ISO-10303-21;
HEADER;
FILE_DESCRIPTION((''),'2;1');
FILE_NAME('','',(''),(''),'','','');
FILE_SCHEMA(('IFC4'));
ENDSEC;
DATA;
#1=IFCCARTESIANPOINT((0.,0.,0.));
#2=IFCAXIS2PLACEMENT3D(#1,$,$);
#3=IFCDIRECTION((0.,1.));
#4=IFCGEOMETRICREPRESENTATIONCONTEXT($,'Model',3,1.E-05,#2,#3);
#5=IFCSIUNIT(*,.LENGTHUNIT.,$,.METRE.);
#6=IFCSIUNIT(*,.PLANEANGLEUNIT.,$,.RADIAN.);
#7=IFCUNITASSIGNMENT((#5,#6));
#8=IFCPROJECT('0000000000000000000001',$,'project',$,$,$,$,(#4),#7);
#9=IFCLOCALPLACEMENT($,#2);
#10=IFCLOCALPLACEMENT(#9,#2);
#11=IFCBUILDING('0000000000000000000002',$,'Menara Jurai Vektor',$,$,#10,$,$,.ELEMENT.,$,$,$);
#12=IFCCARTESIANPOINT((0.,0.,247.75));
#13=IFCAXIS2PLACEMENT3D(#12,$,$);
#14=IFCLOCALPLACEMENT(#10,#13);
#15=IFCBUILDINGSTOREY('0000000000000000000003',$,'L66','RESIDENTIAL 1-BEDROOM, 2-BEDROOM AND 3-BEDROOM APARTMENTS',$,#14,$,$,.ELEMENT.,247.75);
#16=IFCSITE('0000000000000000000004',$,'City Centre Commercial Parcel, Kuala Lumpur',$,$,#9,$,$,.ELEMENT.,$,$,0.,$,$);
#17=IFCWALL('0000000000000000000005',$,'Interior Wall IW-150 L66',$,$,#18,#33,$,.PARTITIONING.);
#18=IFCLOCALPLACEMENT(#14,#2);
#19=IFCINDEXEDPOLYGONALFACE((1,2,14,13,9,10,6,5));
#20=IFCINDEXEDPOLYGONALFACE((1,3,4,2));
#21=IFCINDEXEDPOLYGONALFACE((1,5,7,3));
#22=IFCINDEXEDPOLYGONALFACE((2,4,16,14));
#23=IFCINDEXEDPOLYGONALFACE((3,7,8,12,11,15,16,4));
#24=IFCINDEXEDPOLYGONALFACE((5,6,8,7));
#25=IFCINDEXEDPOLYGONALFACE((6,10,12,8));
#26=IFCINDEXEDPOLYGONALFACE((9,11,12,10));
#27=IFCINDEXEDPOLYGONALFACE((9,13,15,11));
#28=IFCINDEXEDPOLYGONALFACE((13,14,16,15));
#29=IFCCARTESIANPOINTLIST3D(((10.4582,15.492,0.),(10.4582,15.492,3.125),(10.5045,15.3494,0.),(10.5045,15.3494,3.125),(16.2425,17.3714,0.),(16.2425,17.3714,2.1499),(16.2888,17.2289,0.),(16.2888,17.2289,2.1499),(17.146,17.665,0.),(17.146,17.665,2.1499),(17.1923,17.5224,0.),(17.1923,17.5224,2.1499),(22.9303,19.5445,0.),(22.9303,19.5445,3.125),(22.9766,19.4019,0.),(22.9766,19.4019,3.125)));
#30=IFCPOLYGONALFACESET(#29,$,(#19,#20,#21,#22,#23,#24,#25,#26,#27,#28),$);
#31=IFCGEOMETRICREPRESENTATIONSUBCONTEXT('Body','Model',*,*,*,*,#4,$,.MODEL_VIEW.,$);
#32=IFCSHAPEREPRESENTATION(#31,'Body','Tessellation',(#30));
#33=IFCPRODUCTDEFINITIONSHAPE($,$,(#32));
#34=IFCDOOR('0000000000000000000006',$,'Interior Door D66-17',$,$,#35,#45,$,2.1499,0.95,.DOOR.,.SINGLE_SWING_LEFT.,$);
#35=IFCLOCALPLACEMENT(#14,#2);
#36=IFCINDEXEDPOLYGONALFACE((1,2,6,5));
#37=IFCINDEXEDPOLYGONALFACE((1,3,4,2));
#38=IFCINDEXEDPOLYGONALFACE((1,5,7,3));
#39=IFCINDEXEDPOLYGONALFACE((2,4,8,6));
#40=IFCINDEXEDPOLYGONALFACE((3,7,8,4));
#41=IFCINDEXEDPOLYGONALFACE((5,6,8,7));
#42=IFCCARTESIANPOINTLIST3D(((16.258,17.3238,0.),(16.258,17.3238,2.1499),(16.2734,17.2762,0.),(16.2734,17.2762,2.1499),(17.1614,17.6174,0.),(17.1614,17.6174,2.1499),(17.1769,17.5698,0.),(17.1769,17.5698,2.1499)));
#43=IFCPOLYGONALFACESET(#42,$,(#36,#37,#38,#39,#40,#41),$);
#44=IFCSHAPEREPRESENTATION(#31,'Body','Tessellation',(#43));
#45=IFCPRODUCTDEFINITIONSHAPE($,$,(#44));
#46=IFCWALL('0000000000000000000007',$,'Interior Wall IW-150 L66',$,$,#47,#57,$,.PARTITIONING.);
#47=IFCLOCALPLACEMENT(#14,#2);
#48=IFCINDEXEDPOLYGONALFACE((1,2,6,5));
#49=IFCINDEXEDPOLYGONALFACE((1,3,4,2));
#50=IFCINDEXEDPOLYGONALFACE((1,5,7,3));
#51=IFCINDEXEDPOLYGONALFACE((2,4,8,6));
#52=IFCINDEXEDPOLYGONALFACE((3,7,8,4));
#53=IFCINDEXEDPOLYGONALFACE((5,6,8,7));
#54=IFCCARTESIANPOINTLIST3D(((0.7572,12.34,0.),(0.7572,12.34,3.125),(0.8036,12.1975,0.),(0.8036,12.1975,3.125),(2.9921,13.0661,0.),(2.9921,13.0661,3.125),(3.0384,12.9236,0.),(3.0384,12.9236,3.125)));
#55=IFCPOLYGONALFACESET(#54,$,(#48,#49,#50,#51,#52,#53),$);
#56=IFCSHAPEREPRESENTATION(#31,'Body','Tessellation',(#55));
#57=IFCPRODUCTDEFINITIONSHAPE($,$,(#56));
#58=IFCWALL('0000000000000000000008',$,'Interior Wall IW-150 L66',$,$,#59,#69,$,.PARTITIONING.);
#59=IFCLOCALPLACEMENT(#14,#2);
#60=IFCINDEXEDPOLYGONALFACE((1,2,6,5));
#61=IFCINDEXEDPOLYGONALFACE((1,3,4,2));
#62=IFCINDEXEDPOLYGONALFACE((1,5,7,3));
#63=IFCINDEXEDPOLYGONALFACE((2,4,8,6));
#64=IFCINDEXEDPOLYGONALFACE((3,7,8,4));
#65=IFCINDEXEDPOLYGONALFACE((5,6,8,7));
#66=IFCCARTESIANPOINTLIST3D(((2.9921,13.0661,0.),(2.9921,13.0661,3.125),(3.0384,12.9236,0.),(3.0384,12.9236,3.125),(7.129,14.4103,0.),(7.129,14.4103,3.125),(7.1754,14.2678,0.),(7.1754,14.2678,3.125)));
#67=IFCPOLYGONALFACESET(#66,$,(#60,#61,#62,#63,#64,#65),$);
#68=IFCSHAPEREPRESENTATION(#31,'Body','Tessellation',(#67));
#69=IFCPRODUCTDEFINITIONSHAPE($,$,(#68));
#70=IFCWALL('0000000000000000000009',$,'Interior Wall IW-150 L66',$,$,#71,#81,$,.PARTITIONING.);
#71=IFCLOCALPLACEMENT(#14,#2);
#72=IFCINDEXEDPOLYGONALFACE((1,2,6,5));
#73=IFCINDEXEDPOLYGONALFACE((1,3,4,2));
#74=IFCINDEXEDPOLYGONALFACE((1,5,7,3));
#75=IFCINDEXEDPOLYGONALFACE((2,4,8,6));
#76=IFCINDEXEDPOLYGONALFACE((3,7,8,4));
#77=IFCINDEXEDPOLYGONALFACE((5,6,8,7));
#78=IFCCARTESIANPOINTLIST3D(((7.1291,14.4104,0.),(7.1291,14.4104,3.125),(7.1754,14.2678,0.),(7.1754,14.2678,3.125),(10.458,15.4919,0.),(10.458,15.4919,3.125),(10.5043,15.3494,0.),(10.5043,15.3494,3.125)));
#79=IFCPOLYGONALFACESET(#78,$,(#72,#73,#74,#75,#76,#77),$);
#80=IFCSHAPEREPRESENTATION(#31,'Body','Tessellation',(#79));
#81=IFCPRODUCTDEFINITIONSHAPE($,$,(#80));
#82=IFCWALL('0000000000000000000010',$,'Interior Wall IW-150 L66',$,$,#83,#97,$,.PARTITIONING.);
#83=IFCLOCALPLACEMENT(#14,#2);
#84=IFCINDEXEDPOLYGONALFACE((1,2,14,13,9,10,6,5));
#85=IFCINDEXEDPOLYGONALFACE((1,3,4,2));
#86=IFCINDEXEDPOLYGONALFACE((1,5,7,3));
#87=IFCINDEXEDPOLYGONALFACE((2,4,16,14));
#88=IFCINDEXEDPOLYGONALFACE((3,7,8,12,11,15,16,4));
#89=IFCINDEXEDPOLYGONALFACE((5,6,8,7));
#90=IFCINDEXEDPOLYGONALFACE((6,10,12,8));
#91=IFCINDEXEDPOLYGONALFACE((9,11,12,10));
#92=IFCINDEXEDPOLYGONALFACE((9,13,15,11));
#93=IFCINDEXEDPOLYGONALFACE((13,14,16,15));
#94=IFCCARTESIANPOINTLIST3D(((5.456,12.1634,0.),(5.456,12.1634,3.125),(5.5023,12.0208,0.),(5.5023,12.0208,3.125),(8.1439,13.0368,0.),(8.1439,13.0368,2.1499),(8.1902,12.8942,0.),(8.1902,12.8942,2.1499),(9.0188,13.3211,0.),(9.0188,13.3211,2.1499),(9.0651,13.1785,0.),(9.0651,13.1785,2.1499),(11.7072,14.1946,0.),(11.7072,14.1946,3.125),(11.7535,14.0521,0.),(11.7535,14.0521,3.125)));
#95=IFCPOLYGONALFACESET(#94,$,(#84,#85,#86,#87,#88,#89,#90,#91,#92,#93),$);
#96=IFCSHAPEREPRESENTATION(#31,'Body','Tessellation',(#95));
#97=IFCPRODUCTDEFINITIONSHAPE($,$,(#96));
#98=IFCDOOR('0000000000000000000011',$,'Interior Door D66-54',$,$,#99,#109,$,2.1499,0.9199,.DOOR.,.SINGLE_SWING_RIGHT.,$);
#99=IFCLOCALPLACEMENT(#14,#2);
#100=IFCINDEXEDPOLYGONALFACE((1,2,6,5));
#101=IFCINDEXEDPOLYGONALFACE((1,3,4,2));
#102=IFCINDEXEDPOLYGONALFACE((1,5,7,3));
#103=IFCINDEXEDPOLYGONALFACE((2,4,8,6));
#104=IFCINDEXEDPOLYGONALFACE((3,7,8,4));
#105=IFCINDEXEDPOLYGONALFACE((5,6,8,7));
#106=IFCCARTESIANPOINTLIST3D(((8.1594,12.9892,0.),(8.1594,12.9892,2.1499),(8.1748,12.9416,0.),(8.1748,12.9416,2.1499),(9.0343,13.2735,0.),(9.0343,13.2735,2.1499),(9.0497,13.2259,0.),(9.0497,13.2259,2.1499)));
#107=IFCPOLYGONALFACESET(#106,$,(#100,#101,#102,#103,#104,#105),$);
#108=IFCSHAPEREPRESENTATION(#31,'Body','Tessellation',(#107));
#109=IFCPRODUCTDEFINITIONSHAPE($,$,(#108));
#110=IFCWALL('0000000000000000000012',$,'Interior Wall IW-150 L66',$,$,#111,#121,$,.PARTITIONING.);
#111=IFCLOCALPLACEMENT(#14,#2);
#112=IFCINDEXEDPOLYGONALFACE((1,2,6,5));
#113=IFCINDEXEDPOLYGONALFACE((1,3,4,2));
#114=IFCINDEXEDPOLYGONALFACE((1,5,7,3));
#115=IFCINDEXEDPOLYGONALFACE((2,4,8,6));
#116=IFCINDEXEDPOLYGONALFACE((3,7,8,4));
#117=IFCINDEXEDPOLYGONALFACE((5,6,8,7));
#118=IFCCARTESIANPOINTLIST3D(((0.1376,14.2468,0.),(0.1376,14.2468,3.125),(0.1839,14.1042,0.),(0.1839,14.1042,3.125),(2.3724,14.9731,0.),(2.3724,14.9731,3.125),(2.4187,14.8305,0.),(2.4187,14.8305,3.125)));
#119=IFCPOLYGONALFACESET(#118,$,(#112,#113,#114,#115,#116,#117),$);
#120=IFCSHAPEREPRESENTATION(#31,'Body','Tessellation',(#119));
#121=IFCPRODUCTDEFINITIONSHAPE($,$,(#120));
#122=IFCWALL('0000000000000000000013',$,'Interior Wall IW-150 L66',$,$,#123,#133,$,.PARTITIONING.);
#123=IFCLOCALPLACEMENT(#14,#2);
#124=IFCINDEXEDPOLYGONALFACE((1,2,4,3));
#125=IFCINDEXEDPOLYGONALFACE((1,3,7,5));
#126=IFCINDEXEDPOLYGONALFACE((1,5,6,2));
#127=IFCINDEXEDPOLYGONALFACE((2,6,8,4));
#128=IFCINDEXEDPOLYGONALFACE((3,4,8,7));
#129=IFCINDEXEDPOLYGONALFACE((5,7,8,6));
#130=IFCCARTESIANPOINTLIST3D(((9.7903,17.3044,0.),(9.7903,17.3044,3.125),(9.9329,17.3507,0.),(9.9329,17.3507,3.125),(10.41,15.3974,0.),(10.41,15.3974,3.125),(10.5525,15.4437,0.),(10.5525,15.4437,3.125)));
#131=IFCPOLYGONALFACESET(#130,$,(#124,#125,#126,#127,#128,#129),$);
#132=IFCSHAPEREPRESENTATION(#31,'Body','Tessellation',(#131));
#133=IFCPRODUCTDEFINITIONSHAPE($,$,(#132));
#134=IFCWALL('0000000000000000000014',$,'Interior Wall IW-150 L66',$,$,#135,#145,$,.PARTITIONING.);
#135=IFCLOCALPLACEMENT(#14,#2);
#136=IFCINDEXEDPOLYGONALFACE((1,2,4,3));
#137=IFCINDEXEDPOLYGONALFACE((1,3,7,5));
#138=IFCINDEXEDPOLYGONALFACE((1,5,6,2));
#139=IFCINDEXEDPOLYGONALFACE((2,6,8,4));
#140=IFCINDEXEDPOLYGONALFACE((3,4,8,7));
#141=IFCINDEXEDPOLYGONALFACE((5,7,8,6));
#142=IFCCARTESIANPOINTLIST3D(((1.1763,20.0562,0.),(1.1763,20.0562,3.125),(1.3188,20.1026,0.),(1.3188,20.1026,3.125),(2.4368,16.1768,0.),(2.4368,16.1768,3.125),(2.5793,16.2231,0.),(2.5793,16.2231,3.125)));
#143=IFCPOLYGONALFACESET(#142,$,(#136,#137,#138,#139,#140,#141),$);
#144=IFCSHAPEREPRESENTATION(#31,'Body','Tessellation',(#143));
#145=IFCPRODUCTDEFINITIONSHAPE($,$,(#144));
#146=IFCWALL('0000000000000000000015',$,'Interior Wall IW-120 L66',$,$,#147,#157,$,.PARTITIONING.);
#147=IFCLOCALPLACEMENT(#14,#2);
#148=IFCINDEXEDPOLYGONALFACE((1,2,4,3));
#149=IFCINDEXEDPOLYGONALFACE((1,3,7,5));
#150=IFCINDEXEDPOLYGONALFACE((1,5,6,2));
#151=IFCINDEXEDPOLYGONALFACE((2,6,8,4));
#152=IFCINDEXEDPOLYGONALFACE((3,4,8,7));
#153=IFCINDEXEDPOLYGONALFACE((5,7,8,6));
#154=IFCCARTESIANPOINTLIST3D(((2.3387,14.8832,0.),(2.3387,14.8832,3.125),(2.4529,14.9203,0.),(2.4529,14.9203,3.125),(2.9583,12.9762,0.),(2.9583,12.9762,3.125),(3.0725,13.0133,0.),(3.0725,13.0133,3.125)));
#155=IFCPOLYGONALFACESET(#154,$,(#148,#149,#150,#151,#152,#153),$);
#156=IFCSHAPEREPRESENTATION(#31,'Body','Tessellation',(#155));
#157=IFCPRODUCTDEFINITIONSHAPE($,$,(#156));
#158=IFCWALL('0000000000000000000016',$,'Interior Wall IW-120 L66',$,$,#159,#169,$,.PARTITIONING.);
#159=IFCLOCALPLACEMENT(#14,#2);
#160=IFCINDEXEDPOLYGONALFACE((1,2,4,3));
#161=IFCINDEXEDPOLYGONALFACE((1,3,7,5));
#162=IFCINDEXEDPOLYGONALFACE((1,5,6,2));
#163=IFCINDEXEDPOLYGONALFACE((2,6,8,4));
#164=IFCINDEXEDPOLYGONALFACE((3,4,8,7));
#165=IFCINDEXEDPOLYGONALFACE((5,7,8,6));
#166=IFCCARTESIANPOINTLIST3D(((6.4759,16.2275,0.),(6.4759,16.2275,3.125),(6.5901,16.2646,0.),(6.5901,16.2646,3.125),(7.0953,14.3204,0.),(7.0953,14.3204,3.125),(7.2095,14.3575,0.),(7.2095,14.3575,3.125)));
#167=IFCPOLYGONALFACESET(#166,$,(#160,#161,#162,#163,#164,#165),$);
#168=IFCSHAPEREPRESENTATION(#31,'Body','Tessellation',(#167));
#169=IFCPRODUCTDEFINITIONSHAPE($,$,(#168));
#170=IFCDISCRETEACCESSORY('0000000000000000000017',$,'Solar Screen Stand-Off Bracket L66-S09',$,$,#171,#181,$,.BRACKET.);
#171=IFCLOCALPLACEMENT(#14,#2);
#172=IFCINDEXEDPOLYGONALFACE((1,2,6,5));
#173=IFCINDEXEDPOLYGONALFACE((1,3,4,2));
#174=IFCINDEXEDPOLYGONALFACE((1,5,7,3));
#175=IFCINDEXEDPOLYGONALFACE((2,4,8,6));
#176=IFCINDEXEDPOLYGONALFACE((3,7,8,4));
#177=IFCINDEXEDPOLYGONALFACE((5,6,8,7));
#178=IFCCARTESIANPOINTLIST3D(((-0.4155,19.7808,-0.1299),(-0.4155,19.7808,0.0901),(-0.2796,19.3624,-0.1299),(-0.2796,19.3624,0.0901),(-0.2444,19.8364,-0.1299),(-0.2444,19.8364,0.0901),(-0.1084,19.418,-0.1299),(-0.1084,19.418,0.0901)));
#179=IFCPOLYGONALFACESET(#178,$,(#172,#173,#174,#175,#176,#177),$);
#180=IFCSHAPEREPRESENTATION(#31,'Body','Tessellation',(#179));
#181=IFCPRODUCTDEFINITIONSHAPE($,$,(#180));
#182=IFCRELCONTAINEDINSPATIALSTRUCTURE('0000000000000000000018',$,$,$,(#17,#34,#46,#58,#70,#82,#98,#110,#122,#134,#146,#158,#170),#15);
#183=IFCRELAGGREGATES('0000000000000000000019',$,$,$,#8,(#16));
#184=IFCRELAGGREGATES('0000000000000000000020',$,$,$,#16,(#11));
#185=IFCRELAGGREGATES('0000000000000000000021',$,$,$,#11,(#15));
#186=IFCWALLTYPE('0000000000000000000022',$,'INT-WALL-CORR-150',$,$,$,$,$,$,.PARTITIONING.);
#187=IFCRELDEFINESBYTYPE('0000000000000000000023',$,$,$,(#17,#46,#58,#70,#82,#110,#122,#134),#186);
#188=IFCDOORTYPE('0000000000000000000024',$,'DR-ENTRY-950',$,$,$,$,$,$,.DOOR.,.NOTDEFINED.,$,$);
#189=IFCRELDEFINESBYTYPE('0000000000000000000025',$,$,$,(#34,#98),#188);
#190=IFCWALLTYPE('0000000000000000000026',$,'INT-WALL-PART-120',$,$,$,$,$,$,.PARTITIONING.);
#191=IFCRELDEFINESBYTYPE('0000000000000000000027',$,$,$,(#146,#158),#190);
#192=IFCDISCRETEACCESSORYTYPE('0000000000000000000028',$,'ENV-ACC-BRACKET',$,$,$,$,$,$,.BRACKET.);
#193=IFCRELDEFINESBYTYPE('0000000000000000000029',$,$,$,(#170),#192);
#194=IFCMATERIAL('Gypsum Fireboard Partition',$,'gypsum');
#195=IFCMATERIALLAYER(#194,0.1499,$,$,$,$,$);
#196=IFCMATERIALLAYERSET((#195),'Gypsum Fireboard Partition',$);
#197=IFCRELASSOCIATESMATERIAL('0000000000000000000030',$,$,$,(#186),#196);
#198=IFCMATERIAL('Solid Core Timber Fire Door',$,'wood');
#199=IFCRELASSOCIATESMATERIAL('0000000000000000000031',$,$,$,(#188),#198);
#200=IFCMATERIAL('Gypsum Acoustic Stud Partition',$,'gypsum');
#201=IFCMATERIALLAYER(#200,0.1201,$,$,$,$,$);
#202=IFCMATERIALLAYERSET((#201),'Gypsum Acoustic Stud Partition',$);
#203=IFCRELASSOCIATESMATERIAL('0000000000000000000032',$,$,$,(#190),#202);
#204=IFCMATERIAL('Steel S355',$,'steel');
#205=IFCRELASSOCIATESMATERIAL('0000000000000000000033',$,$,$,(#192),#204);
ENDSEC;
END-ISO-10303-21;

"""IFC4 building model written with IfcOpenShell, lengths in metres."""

from ifc_helpers import new_model, si_unit, direction, frame, frame_2d, origin, origin_2d, place, context, subcontext, project, spatial, rectangle, extrude, material, layer, layer_set, type_object, element, fill, save


model = new_model("IFC4")

# Units and contexts
model_context = context("Model", 3, precision=1e-05, world=origin(), true_north=direction((0.0, 1.0)))
body_context = subcontext(model_context, "Body", "Model", "MODEL_VIEW")
ifc_project = project(units=[si_unit("LENGTHUNIT", "METRE"), si_unit("PLANEANGLEUNIT", "RADIAN")], contexts=[model_context])

# Site, building, storey
site_placement = place(None, origin())
site = spatial("IfcSite", under=ifc_project, at=site_placement, Name="City Centre Commercial Parcel, Kuala Lumpur", CompositionType="ELEMENT", RefElevation=0.0)
building_placement = place(site_placement, origin())
building = spatial("IfcBuilding", under=site, at=building_placement, Name="Menara Jurai Vektor", CompositionType="ELEMENT")
storey_placement = place(building_placement, frame((0.0, 0.0, 247.75)))
storey = spatial("IfcBuildingStorey", under=building, at=storey_placement, Name="L66", Description="RESIDENTIAL 1-BEDROOM, 2-BEDROOM AND 3-BEDROOM APARTMENTS", CompositionType="ELEMENT", Elevation=247.75)

# Shared definitions
ifc_material_1 = material(Name="Steel S355", Category="steel")

# Wall, opening, door
ifc_material_2 = material(Name="Gypsum Fireboard Partition", Category="gypsum")
ifc_layer_1 = layer(ifc_material_2, 0.1499)
ifc_layer_set_1 = layer_set([ifc_layer_1], Name="Gypsum Fireboard Partition")
wall_type_1 = type_object("IfcWallType", Name="INT-WALL-CORR-150", PredefinedType="PARTITIONING", material=ifc_layer_set_1)
wall_1_placement = place(storey_placement, frame((10.4812, 15.4207, 0.0), z_axis=(0.0, 0.0, 1.0), x_axis=(0.951056, 0.30902, 0.0)))
wall_1 = element("IfcWall", 1, at=wall_1_placement, inside=storey, type_object=wall_type_1, Name="Interior Wall IW-150 L66", PredefinedType="PARTITIONING", context=body_context, shape_type="SweptSolid", body=[
    extrude(rectangle(XDim=13.114, YDim=0.1499, at=frame_2d((6.5571, 0.0))), origin(), (0.0, 0.0, 1.0), 3.125),
])
opening_1_placement = place(wall_1_placement, frame((6.082, 0.0, 0.0)))
opening_1 = element("IfcOpeningElement", 2, at=opening_1_placement, cuts=wall_1, PredefinedType="OPENING", context=body_context, shape_type="SweptSolid", body=[
    extrude(rectangle(XDim=0.95, YDim=2.1499, at=frame_2d((0.4751, 1.075))), frame((0.0, 0.085, 0.0), z_axis=(0.0, -1.0, 0.0), x_axis=(1.0, 0.0, 0.0)), (0.0, 0.0, 1.0), 0.1699),
])
ifc_material_3 = material(Name="Solid Core Timber Fire Door", Category="wood")
door_type_1 = type_object("IfcDoorType", Name="DR-ENTRY-950", OperationType="NOTDEFINED", PredefinedType="DOOR", material=ifc_material_3)
door_1_placement = place(opening_1_placement, origin())
door_1 = element("IfcDoor", 3, at=door_1_placement, inside=storey, type_object=door_type_1, Name="Interior Door D66-17", OperationType="SINGLE_SWING_LEFT", OverallHeight=2.1499, OverallWidth=0.95, PredefinedType="DOOR", context=body_context, shape_type="SweptSolid", body=[
    extrude(rectangle(XDim=0.95, YDim=2.1499, at=frame_2d((0.4751, 1.075))), frame((0.0, 0.0249, 0.0), z_axis=(0.0, -1.0, 0.0), x_axis=(1.0, 0.0, 0.0)), (0.0, 0.0, 1.0), 0.05),
])
fill(opening_1, door_1)

# Walls
wall_2_placement = place(storey_placement, frame((0.7805, 12.2688, 0.0), z_axis=(0.0, 0.0, 1.0), x_axis=(0.951066, 0.308987, 0.0)))
element("IfcWall", 4, at=wall_2_placement, inside=storey, type_object=wall_type_1, Name="Interior Wall IW-150 L66", PredefinedType="PARTITIONING", context=body_context, shape_type="SweptSolid", body=[
    extrude(rectangle(XDim=2.3499, YDim=0.1499, at=frame_2d((1.1748, 0.0))), origin(), (0.0, 0.0, 1.0), 3.125),
])
wall_3_placement = place(storey_placement, frame((3.0154, 12.9949, 0.0), z_axis=(0.0, 0.0, 1.0), x_axis=(0.951053, 0.309029, 0.0)))
element("IfcWall", 5, at=wall_3_placement, inside=storey, type_object=wall_type_1, Name="Interior Wall IW-150 L66", PredefinedType="PARTITIONING", context=body_context, shape_type="SweptSolid", body=[
    extrude(rectangle(XDim=4.3499, YDim=0.1499, at=frame_2d((2.1748, 0.0))), origin(), (0.0, 0.0, 1.0), 3.125),
])
wall_4_placement = place(storey_placement, frame((7.1523, 14.3391, 0.0), z_axis=(0.0, 0.0, 1.0), x_axis=(0.951062, 0.308999, 0.0)))
element("IfcWall", 6, at=wall_4_placement, inside=storey, type_object=wall_type_1, Name="Interior Wall IW-150 L66", PredefinedType="PARTITIONING", context=body_context, shape_type="SweptSolid", body=[
    extrude(rectangle(XDim=3.5002, YDim=0.1499, at=frame_2d((1.75, 0.0))), origin(), (0.0, 0.0, 1.0), 3.125),
])

# Wall, opening, door
wall_5_placement = place(storey_placement, frame((5.479, 12.092, 0.0), z_axis=(0.0, 0.0, 1.0), x_axis=(0.951052, 0.309031, 0.0)))
wall_5 = element("IfcWall", 7, at=wall_5_placement, inside=storey, type_object=wall_type_1, Name="Interior Wall IW-150 L66", PredefinedType="PARTITIONING", context=body_context, shape_type="SweptSolid", body=[
    extrude(rectangle(XDim=6.573, YDim=0.1499, at=frame_2d((3.2866, 0.0))), origin(), (0.0, 0.0, 1.0), 3.125),
])
opening_2_placement = place(wall_5_placement, frame((2.8264, 0.0, 0.0)))
opening_2 = element("IfcOpeningElement", 8, at=opening_2_placement, cuts=wall_5, PredefinedType="OPENING", context=body_context, shape_type="SweptSolid", body=[
    extrude(rectangle(XDim=0.9199, YDim=2.1499, at=frame_2d((0.46, 1.075))), frame((0.0, 0.085, 0.0), z_axis=(0.0, -1.0, 0.0), x_axis=(1.0, 0.0, 0.0)), (0.0, 0.0, 1.0), 0.1699),
])
door_2_placement = place(opening_2_placement, origin())
door_2 = element("IfcDoor", 9, at=door_2_placement, inside=storey, type_object=door_type_1, Name="Interior Door D66-54", OperationType="SINGLE_SWING_RIGHT", OverallHeight=2.1499, OverallWidth=0.9199, PredefinedType="DOOR", context=body_context, shape_type="SweptSolid", body=[
    extrude(rectangle(XDim=0.9199, YDim=2.1499, at=frame_2d((0.46, 1.075))), frame((0.0, 0.0249, 0.0), z_axis=(0.0, -1.0, 0.0), x_axis=(1.0, 0.0, 0.0)), (0.0, 0.0, 1.0), 0.05),
])
fill(opening_2, door_2)

# Wall
wall_6_placement = place(storey_placement, frame((0.1609, 14.1755, 0.0), z_axis=(0.0, 0.0, 1.0), x_axis=(0.951036, 0.309081, 0.0)))
element("IfcWall", 10, at=wall_6_placement, inside=storey, type_object=wall_type_1, Name="Interior Wall IW-150 L66", PredefinedType="PARTITIONING", context=body_context, shape_type="SweptSolid", body=[
    extrude(rectangle(XDim=2.3499, YDim=0.1499, at=frame_2d((1.1748, 0.0))), origin(), (0.0, 0.0, 1.0), 3.125),
])

# Walls
wall_7_placement = place(storey_placement, frame((10.4812, 15.4207, 0.0), z_axis=(0.0, 0.0, 1.0), x_axis=(-0.309023, 0.951055, 0.0)))
element("IfcWall", 11, at=wall_7_placement, inside=storey, type_object=wall_type_1, Name="Interior Wall IW-150 L66", PredefinedType="PARTITIONING", context=body_context, shape_type="SweptSolid", body=[
    extrude(rectangle(XDim=2.0051, YDim=0.1499, at=frame_2d((1.0024, 0.0))), origin(), (0.0, 0.0, 1.0), 3.125),
])
wall_8_placement = place(storey_placement, frame((2.5081, 16.2, 0.0), z_axis=(0.0, 0.0, 1.0), x_axis=(-0.309018, 0.951056, 0.0)))
element("IfcWall", 12, at=wall_8_placement, inside=storey, type_object=wall_type_1, Name="Interior Wall IW-150 L66", PredefinedType="PARTITIONING", context=body_context, shape_type="SweptSolid", body=[
    extrude(rectangle(XDim=4.0791, YDim=0.1499, at=frame_2d((2.0396, 0.0))), origin(), (0.0, 0.0, 1.0), 3.125),
])
ifc_material_4 = material(Name="Gypsum Acoustic Stud Partition", Category="gypsum")
ifc_layer_2 = layer(ifc_material_4, 0.1201)
ifc_layer_set_2 = layer_set([ifc_layer_2], Name="Gypsum Acoustic Stud Partition")
wall_type_2 = type_object("IfcWallType", Name="INT-WALL-PART-120", PredefinedType="PARTITIONING", material=ifc_layer_set_2)
for number, where, z_axis, x_axis, name in (
    (13, (3.0154, 12.9949, 0.0), (0.0, 0.0, 1.0), (-0.309023, 0.951055, 0.0), "Interior Wall IW-120 L66"),
    (14, (7.1523, 14.3391, 0.0), (0.0, 0.0, 1.0), (-0.308913, 0.95109, 0.0), "Interior Wall IW-120 L66"),
):
    element("IfcWall", number, at=place(storey_placement, frame(where, z_axis=z_axis, x_axis=x_axis)), inside=storey, type_object=wall_type_2, Name=name, PredefinedType="PARTITIONING", context=body_context, shape_type="SweptSolid", body=[
        extrude(rectangle(XDim=2.0051, YDim=0.1201, at=frame_2d((1.0024, 0.0))), origin(), (0.0, 0.0, 1.0), 3.125),
    ])

# Discrete accessory
discrete_accessory_type = type_object("IfcDiscreteAccessoryType", Name="ENV-ACC-BRACKET", PredefinedType="BRACKET", material=ifc_material_1)
discrete_accessory_placement = place(storey_placement, frame((-0.262, 19.5994, -0.1299), z_axis=(0.0, 0.0, 1.0), x_axis=(-0.951057, -0.309017, 0.0)))
element("IfcDiscreteAccessory", 15, at=discrete_accessory_placement, inside=storey, type_object=discrete_accessory_type, Name="Solar Screen Stand-Off Bracket L66-S09", PredefinedType="BRACKET", context=body_context, shape_type="SweptSolid", body=[
    extrude(rectangle(XDim=0.1799, YDim=0.4399, at=origin_2d()), origin(), (0.0, 0.0, 1.0), 0.22),
])

save(model, "model.ifc")
